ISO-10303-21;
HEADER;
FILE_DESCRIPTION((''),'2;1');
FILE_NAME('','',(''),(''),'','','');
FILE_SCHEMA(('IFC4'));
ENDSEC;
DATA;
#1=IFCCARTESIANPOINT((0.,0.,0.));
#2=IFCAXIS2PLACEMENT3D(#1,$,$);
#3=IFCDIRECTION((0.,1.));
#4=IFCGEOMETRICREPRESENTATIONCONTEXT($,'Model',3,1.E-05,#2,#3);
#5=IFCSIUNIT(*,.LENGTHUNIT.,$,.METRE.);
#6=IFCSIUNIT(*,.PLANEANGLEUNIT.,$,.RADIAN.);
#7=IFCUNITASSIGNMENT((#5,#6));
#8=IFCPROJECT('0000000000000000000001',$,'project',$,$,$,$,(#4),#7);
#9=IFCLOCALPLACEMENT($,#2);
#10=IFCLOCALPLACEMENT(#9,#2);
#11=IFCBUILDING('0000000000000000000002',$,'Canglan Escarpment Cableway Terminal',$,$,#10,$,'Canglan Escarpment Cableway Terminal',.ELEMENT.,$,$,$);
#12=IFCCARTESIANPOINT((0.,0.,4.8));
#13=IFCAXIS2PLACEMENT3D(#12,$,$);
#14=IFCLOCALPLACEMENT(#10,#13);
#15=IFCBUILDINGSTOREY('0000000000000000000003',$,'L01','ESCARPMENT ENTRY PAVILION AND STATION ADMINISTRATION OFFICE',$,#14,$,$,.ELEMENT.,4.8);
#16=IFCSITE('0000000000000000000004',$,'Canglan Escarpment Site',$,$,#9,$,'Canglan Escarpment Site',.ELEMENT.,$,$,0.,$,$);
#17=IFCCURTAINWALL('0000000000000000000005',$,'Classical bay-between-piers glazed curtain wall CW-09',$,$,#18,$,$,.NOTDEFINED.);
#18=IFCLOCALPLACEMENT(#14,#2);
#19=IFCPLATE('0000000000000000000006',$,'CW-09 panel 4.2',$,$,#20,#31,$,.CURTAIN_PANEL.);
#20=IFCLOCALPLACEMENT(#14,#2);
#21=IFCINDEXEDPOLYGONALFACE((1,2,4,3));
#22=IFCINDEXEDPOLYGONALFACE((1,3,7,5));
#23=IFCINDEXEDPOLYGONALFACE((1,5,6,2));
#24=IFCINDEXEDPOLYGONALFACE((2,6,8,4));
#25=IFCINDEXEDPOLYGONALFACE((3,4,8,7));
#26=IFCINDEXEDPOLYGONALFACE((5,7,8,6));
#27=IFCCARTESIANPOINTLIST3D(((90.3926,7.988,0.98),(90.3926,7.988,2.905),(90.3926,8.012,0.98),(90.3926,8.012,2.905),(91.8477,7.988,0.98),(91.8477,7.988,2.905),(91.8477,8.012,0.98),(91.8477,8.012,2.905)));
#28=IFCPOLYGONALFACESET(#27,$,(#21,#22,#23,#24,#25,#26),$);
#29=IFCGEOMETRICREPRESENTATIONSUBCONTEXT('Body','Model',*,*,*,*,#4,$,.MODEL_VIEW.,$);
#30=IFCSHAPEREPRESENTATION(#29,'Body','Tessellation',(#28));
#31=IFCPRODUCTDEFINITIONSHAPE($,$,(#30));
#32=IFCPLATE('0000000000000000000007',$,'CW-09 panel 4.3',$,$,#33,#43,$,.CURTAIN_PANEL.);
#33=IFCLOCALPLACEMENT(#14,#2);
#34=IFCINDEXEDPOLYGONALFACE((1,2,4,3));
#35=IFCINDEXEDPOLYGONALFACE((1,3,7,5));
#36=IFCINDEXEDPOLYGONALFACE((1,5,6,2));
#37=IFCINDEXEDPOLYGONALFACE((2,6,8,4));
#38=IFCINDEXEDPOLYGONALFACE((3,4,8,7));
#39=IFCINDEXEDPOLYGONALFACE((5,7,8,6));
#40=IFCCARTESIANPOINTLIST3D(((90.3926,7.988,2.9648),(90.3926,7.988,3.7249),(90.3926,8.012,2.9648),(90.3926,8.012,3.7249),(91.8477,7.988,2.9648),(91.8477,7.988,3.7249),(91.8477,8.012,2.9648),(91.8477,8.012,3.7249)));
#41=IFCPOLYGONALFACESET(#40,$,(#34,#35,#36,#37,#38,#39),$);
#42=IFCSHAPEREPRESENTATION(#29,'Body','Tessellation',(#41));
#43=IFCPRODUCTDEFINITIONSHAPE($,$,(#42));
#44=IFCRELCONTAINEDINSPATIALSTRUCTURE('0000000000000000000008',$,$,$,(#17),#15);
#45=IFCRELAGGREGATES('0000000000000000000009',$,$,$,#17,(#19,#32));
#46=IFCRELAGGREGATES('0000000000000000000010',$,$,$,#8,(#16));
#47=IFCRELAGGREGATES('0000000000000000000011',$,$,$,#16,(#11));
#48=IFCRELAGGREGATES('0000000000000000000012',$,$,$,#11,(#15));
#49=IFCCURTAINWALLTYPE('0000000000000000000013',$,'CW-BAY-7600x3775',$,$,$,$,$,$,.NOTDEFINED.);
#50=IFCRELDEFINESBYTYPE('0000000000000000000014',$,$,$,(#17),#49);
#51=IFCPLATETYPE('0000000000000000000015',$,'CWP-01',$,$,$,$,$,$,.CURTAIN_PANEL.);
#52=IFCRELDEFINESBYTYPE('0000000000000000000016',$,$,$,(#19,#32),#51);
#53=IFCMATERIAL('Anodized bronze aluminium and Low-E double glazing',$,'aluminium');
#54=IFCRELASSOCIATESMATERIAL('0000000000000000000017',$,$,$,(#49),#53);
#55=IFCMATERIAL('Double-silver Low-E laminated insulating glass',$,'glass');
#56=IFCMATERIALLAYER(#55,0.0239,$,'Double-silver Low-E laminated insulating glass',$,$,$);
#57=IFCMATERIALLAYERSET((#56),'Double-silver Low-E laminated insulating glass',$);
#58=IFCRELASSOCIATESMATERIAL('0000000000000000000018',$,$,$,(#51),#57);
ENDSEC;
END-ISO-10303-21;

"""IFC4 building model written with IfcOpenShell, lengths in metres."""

from ifc_helpers import new_model, si_unit, direction, frame, origin, origin_2d, place, context, subcontext, project, spatial, rectangle, extrude, material, layer, layer_set, type_object, element, aggregate, save


model = new_model("IFC4")

# Units and contexts
model_context = context("Model", 3, precision=1e-05, world=origin(), true_north=direction((0.0, 1.0)))
body_context = subcontext(model_context, "Body", "Model", "MODEL_VIEW")
ifc_project = project(units=[si_unit("LENGTHUNIT", "METRE"), si_unit("PLANEANGLEUNIT", "RADIAN")], contexts=[model_context])

# Site, building, storey
site_placement = place(None, origin())
site = spatial("IfcSite", under=ifc_project, at=site_placement, Name="Canglan Escarpment Site", LongName="Canglan Escarpment Site", CompositionType="ELEMENT", RefElevation=0.0)
building_placement = place(site_placement, origin())
building = spatial("IfcBuilding", under=site, at=building_placement, Name="Canglan Escarpment Cableway Terminal", LongName="Canglan Escarpment Cableway Terminal", CompositionType="ELEMENT")
storey_placement = place(building_placement, frame((0.0, 0.0, 4.8)))
storey = spatial("IfcBuildingStorey", under=building, at=storey_placement, Name="L01", Description="ESCARPMENT ENTRY PAVILION AND STATION ADMINISTRATION OFFICE", CompositionType="ELEMENT", Elevation=4.8)

# Curtain wall, plates
ifc_material_1 = material(Name="Anodized bronze aluminium and Low-E double glazing", Category="aluminium")
curtain_wall_type = type_object("IfcCurtainWallType", Name="CW-BAY-7600x3775", PredefinedType="NOTDEFINED", material=ifc_material_1)
curtain_wall_placement = place(storey_placement, origin())
curtain_wall = element("IfcCurtainWall", 1, at=curtain_wall_placement, inside=storey, type_object=curtain_wall_type, Name="Classical bay-between-piers glazed curtain wall CW-09", PredefinedType="NOTDEFINED")
ifc_material_2 = material(Name="Double-silver Low-E laminated insulating glass", Category="glass")
ifc_layer = layer(ifc_material_2, 0.0239, Name="Double-silver Low-E laminated insulating glass")
ifc_layer_set = layer_set([ifc_layer], Name="Double-silver Low-E laminated insulating glass")
plate_type = type_object("IfcPlateType", Name="CWP-01", PredefinedType="CURTAIN_PANEL", material=ifc_layer_set)
plate_1_placement = place(storey_placement, frame((91.1201, 8.0, 0.98), z_axis=(0.0, 0.0, 1.0), x_axis=(1.0, 0.0, 0.0)))
plate_1 = element("IfcPlate", 2, at=plate_1_placement, type_object=plate_type, Name="CW-09 panel 4.2", PredefinedType="CURTAIN_PANEL", context=body_context, shape_type="SweptSolid", body=[
    extrude(rectangle(XDim=1.4551, YDim=0.0239, at=origin_2d()), origin(), (0.0, 0.0, 1.0), 1.925),
])
plate_2_placement = place(storey_placement, frame((91.1201, 8.0, 2.9648), z_axis=(0.0, 0.0, 1.0), x_axis=(1.0, 0.0, 0.0)))
plate_2 = element("IfcPlate", 3, at=plate_2_placement, type_object=plate_type, Name="CW-09 panel 4.3", PredefinedType="CURTAIN_PANEL", context=body_context, shape_type="SweptSolid", body=[
    extrude(rectangle(XDim=1.4551, YDim=0.0239, at=origin_2d()), origin(), (0.0, 0.0, 1.0), 0.76),
])
aggregate(curtain_wall, [plate_1, plate_2])

save(model, "model.ifc")
